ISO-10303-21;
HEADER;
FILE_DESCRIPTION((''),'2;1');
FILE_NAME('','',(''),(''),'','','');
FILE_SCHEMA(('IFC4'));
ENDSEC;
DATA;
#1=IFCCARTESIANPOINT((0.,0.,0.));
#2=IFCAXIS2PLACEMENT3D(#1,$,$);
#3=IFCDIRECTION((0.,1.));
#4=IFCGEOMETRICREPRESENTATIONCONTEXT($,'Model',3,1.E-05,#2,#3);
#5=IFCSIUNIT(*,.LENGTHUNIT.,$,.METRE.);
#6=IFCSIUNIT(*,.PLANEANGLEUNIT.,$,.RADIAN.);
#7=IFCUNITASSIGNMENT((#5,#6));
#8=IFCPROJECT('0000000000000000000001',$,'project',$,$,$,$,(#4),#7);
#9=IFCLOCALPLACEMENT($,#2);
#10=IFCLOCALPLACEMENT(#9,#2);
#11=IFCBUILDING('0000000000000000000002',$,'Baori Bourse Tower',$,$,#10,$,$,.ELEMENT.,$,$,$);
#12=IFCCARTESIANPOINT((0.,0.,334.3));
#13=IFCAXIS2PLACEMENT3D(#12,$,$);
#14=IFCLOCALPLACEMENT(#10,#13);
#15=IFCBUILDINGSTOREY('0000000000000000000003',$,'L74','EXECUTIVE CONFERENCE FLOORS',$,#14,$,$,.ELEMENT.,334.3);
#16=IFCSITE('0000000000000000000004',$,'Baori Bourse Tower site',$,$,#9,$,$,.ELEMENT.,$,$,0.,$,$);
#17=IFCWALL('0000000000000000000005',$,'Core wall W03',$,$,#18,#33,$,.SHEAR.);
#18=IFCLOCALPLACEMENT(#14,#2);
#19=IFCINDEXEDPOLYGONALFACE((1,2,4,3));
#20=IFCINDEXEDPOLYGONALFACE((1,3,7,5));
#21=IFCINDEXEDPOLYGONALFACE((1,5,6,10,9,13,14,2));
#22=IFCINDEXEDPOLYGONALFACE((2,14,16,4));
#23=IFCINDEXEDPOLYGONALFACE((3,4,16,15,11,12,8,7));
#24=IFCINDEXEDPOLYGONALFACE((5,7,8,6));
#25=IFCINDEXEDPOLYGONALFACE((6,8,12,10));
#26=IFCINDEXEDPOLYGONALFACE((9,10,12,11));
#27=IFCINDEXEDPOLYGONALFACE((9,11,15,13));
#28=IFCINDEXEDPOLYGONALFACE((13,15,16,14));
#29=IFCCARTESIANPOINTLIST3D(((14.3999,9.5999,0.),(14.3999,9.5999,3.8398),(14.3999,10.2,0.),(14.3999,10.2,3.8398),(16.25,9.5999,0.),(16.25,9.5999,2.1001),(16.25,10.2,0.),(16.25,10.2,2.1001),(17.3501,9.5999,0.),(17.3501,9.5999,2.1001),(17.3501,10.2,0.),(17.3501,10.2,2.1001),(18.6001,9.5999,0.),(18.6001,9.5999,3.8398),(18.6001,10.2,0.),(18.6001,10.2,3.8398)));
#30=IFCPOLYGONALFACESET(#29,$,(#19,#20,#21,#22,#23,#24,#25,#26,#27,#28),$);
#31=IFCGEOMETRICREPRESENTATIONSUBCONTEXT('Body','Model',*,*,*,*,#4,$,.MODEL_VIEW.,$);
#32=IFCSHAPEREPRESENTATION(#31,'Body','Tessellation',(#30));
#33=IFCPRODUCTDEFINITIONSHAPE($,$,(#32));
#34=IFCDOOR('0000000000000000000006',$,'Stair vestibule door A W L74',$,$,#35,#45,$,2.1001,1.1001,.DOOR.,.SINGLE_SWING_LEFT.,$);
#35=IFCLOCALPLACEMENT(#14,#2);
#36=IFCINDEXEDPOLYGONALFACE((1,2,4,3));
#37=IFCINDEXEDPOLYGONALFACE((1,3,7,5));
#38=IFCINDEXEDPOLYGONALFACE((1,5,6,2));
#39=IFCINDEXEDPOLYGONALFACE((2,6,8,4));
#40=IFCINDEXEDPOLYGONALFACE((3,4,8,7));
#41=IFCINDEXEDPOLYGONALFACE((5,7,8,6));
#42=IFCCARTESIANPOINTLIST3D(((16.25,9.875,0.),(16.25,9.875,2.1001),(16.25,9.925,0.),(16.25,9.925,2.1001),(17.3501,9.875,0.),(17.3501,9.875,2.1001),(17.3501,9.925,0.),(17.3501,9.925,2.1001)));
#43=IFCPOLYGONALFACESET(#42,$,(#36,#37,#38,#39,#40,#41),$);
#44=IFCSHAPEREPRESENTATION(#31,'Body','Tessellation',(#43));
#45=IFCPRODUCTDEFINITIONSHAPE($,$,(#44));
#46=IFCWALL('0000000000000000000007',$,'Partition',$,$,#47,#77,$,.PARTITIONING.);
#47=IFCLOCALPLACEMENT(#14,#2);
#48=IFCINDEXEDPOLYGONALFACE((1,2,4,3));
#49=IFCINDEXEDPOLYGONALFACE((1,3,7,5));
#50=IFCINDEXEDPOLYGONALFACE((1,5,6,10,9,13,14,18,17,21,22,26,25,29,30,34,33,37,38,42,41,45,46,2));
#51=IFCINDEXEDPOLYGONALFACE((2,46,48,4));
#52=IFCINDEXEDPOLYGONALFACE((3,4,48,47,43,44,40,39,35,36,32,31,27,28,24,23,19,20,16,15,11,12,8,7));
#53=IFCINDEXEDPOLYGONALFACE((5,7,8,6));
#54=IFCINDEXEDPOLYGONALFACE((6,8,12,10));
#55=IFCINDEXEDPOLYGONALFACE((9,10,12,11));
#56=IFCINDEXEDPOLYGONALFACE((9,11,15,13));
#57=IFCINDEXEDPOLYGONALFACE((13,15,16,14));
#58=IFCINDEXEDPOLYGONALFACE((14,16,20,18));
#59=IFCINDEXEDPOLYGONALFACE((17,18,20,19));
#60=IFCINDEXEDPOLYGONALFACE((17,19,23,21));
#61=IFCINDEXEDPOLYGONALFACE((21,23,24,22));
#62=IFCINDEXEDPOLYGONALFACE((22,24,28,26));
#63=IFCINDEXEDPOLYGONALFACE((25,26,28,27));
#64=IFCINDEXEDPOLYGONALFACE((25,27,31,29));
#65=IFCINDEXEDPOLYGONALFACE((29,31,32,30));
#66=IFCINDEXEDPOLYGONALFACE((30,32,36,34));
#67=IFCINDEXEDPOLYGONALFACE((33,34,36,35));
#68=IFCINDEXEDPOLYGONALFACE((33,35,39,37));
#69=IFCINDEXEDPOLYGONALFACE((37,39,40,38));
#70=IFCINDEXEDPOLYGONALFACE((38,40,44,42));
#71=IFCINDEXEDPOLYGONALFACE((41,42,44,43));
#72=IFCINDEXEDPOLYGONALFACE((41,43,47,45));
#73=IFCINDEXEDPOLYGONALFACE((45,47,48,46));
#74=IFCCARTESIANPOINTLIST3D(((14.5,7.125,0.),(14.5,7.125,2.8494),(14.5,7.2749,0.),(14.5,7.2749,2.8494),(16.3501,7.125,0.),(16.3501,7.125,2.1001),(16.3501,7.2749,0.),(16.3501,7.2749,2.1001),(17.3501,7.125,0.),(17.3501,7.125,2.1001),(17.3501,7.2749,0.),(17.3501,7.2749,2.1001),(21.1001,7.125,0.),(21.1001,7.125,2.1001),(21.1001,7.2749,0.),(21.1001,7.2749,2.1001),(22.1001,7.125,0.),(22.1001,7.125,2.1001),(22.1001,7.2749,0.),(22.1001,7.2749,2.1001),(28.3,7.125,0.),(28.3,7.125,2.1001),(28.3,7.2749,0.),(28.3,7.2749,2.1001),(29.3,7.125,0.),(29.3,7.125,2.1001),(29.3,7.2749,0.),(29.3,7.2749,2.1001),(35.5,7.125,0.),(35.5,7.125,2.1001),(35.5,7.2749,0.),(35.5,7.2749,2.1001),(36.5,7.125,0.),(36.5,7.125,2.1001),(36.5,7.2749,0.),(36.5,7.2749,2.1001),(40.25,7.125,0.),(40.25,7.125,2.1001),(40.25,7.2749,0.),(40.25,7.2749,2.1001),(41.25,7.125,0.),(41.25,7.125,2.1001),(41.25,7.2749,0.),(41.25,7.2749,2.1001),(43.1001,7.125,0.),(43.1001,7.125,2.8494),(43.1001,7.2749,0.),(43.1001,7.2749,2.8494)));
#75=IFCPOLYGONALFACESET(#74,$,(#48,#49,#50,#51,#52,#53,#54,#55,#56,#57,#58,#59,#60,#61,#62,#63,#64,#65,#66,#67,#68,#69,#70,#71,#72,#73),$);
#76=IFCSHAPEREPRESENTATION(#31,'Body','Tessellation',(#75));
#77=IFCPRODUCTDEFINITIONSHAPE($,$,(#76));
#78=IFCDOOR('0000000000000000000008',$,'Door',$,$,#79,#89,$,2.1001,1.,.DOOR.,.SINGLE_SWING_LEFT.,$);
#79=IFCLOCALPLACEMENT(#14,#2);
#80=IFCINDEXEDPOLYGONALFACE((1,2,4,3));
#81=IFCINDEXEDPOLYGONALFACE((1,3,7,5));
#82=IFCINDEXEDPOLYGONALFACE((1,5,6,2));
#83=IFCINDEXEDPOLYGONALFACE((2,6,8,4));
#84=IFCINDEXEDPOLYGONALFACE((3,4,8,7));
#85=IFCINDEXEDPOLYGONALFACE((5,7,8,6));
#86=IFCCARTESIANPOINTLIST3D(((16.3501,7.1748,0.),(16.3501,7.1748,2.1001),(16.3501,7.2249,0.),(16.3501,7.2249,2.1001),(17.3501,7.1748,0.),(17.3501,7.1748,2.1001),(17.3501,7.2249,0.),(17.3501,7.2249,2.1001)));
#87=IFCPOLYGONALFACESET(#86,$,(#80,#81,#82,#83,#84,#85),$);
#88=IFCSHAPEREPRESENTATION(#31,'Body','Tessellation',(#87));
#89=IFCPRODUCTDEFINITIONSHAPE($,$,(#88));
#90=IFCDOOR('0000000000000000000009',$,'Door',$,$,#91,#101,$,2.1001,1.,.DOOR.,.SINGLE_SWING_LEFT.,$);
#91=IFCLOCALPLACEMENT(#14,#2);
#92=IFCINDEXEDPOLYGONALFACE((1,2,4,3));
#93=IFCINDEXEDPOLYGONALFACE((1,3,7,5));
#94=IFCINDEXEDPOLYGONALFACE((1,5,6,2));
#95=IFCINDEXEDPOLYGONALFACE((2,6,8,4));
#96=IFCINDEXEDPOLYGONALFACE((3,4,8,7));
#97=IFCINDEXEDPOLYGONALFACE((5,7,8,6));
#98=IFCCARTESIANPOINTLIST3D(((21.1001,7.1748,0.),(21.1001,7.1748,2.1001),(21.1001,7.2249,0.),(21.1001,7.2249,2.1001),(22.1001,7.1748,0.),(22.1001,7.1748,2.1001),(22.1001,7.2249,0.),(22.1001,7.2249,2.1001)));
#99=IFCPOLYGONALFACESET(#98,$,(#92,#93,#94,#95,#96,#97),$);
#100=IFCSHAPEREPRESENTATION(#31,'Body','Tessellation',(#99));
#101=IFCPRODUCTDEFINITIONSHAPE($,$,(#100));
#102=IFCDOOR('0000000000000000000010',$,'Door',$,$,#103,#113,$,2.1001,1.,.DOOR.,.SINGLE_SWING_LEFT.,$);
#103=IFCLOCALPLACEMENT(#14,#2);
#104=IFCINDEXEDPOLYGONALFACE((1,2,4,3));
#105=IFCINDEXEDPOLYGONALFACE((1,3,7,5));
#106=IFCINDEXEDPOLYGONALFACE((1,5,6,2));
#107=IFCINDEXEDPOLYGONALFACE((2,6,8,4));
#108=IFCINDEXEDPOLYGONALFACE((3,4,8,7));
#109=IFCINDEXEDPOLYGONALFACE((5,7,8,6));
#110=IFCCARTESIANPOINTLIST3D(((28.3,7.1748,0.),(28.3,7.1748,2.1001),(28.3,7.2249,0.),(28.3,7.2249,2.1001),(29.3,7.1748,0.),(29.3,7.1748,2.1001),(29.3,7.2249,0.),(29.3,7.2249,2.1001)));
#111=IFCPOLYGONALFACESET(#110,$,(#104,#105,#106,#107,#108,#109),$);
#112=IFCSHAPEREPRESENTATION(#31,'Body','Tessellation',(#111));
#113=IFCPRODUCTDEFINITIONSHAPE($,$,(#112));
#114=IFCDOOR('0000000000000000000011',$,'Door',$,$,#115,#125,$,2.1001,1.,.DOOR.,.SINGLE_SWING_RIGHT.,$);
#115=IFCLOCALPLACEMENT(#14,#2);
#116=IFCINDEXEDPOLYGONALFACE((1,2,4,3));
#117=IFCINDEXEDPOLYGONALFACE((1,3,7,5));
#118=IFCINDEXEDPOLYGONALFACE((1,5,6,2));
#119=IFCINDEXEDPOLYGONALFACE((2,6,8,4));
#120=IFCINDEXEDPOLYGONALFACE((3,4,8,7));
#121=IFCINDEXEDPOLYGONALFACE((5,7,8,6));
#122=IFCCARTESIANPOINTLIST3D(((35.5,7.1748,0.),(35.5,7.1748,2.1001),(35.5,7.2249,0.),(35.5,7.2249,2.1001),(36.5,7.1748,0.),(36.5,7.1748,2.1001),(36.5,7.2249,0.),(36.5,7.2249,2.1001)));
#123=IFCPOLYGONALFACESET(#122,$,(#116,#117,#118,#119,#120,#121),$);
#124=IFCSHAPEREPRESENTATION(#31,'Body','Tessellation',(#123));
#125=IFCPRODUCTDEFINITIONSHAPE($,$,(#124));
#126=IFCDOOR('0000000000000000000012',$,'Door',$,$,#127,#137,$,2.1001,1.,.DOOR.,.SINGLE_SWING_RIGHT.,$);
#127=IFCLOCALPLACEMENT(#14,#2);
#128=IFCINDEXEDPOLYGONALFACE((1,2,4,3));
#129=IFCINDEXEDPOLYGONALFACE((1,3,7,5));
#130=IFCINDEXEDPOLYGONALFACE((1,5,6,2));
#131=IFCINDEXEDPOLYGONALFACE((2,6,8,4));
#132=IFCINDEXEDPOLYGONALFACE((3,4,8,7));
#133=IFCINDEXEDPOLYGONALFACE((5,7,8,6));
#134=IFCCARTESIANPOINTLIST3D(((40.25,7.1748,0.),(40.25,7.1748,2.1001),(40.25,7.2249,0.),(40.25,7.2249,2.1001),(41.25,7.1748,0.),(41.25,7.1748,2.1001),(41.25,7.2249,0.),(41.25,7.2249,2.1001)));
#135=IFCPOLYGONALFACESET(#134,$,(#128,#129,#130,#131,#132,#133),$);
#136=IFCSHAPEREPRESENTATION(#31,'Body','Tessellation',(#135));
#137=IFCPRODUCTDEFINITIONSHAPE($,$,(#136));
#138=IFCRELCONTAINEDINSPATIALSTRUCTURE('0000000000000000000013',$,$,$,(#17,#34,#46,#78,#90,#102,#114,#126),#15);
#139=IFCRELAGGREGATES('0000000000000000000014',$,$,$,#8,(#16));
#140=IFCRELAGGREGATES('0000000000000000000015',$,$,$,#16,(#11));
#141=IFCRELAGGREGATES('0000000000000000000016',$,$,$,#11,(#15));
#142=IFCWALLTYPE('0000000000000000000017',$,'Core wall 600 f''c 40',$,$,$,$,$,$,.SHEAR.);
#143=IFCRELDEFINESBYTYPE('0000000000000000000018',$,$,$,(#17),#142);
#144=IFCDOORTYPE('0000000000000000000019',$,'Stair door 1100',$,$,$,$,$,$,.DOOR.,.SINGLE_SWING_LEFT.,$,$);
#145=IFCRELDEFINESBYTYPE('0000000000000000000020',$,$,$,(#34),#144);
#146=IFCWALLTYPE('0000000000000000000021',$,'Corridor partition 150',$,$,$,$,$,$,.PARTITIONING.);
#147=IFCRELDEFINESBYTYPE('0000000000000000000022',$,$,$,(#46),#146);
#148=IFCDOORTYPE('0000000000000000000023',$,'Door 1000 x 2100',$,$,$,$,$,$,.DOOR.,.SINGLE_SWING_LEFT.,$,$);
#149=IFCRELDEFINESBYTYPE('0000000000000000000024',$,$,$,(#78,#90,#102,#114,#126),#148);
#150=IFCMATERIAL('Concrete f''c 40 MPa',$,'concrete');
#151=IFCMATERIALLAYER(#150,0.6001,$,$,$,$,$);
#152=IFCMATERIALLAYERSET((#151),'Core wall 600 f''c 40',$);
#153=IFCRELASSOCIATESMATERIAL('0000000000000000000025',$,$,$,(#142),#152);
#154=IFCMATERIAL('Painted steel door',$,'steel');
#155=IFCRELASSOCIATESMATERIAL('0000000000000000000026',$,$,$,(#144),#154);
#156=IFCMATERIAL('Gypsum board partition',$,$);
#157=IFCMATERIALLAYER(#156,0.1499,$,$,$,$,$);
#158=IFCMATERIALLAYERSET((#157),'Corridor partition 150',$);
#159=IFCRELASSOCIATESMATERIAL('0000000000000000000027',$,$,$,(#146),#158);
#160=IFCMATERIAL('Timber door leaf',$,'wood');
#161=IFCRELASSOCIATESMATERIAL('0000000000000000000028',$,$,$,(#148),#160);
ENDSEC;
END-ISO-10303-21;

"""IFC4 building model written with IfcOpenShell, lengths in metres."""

from ifc_helpers import new_model, si_unit, direction, frame, frame_2d, origin, place, context, subcontext, project, spatial, rectangle, extrude, material, layer, layer_set, type_object, element, fill, save


model = new_model("IFC4")

# Units and contexts
model_context = context("Model", 3, precision=1e-05, world=origin(), true_north=direction((0.0, 1.0)))
body_context = subcontext(model_context, "Body", "Model", "MODEL_VIEW")
ifc_project = project(units=[si_unit("LENGTHUNIT", "METRE"), si_unit("PLANEANGLEUNIT", "RADIAN")], contexts=[model_context])

# Site, building, storey
site_placement = place(None, origin())
site = spatial("IfcSite", under=ifc_project, at=site_placement, Name="Baori Bourse Tower site", CompositionType="ELEMENT", RefElevation=0.0)
building_placement = place(site_placement, origin())
building = spatial("IfcBuilding", under=site, at=building_placement, Name="Baori Bourse Tower", CompositionType="ELEMENT")
storey_placement = place(building_placement, frame((0.0, 0.0, 334.3)))
storey = spatial("IfcBuildingStorey", under=building, at=storey_placement, Name="L74", Description="EXECUTIVE CONFERENCE FLOORS", CompositionType="ELEMENT", Elevation=334.3)

# Shared definitions
ifc_material_1 = material(Name="Concrete f'c 40 MPa", Category="concrete")
ifc_layer_1 = layer(ifc_material_1, 0.6001)
ifc_layer_set_1 = layer_set([ifc_layer_1], Name="Core wall 600 f'c 40")
wall_type_1 = type_object("IfcWallType", Name="Core wall 600 f'c 40", PredefinedType="SHEAR", material=ifc_layer_set_1)

# Wall, opening, door
wall_1_placement = place(storey_placement, frame((18.6001, 9.8999, 0.0), z_axis=(0.0, 0.0, 1.0), x_axis=(-1.0, 0.0, 0.0)))
wall_1 = element("IfcWall", 1, at=wall_1_placement, inside=storey, type_object=wall_type_1, Name="Core wall W03", PredefinedType="SHEAR", context=body_context, shape_type="SweptSolid", body=[
    extrude(rectangle(XDim=4.2002, YDim=0.6001, at=frame_2d((2.1001, 0.0))), origin(), (0.0, 0.0, 1.0), 3.8398),
])
opening_1_placement = place(wall_1_placement, frame((1.25, 0.0, 0.0)))
opening_1 = element("IfcOpeningElement", 2, at=opening_1_placement, cuts=wall_1, PredefinedType="OPENING", context=body_context, shape_type="SweptSolid", body=[
    extrude(rectangle(XDim=1.1001, YDim=2.1001, at=frame_2d((0.55, 1.05))), frame((0.0, 0.3101, 0.0), z_axis=(0.0, -1.0, 0.0), x_axis=(1.0, 0.0, 0.0)), (0.0, 0.0, 1.0), 0.6201),
])
ifc_material_2 = material(Name="Painted steel door", Category="steel")
door_type_1 = type_object("IfcDoorType", Name="Stair door 1100", OperationType="SINGLE_SWING_LEFT", PredefinedType="DOOR", material=ifc_material_2)
door_1_placement = place(opening_1_placement, origin())
door_1 = element("IfcDoor", 3, at=door_1_placement, inside=storey, type_object=door_type_1, Name="Stair vestibule door A W L74", OperationType="SINGLE_SWING_LEFT", OverallHeight=2.1001, OverallWidth=1.1001, PredefinedType="DOOR", context=body_context, shape_type="SweptSolid", body=[
    extrude(rectangle(XDim=1.1001, YDim=2.1001, at=frame_2d((0.55, 1.05))), frame((0.0, 0.0249, 0.0), z_axis=(0.0, -1.0, 0.0), x_axis=(1.0, 0.0, 0.0)), (0.0, 0.0, 1.0), 0.05),
])
fill(opening_1, door_1)

# Wall, openings, doors
ifc_material_3 = material(Name="Gypsum board partition")
ifc_layer_2 = layer(ifc_material_3, 0.1499)
ifc_layer_set_2 = layer_set([ifc_layer_2], Name="Corridor partition 150")
wall_type_2 = type_object("IfcWallType", Name="Corridor partition 150", PredefinedType="PARTITIONING", material=ifc_layer_set_2)
wall_2_placement = place(storey_placement, frame((14.5, 7.2, 0.0), z_axis=(0.0, 0.0, 1.0), x_axis=(1.0, 0.0, 0.0)))
wall_2 = element("IfcWall", 4, at=wall_2_placement, inside=storey, type_object=wall_type_2, Name="Partition", PredefinedType="PARTITIONING", context=body_context, shape_type="SweptSolid", body=[
    extrude(rectangle(XDim=28.6001, YDim=0.1499, at=frame_2d((14.3, 0.0))), origin(), (0.0, 0.0, 1.0), 2.8494),
])
opening_2_placement = place(wall_2_placement, frame((1.8501, 0.0, 0.0)))
opening_2 = element("IfcOpeningElement", 5, at=opening_2_placement, cuts=wall_2, PredefinedType="OPENING", context=body_context, shape_type="SweptSolid", body=[
    extrude(rectangle(XDim=1.0, YDim=2.1001, at=frame_2d((0.5, 1.05))), frame((0.0, 0.085, 0.0), z_axis=(0.0, -1.0, 0.0), x_axis=(1.0, 0.0, 0.0)), (0.0, 0.0, 1.0), 0.1699),
])
opening_3_placement = place(wall_2_placement, frame((6.6001, 0.0, 0.0)))
opening_3 = element("IfcOpeningElement", 6, at=opening_3_placement, cuts=wall_2, PredefinedType="OPENING", context=body_context, shape_type="SweptSolid", body=[
    extrude(rectangle(XDim=1.0, YDim=2.1001, at=frame_2d((0.5, 1.05))), frame((0.0, 0.085, 0.0), z_axis=(0.0, -1.0, 0.0), x_axis=(1.0, 0.0, 0.0)), (0.0, 0.0, 1.0), 0.1699),
])
opening_4_placement = place(wall_2_placement, frame((13.8, 0.0, 0.0)))
opening_4 = element("IfcOpeningElement", 7, at=opening_4_placement, cuts=wall_2, PredefinedType="OPENING", context=body_context, shape_type="SweptSolid", body=[
    extrude(rectangle(XDim=1.0, YDim=2.1001, at=frame_2d((0.5, 1.05))), frame((0.0, 0.085, 0.0), z_axis=(0.0, -1.0, 0.0), x_axis=(1.0, 0.0, 0.0)), (0.0, 0.0, 1.0), 0.1699),
])
opening_5_placement = place(wall_2_placement, frame((21.0, 0.0, 0.0)))
opening_5 = element("IfcOpeningElement", 8, at=opening_5_placement, cuts=wall_2, PredefinedType="OPENING", context=body_context, shape_type="SweptSolid", body=[
    extrude(rectangle(XDim=1.0, YDim=2.1001, at=frame_2d((0.5, 1.05))), frame((0.0, 0.085, 0.0), z_axis=(0.0, -1.0, 0.0), x_axis=(1.0, 0.0, 0.0)), (0.0, 0.0, 1.0), 0.1699),
])
opening_6_placement = place(wall_2_placement, frame((25.75, 0.0, 0.0)))
opening_6 = element("IfcOpeningElement", 9, at=opening_6_placement, cuts=wall_2, PredefinedType="OPENING", context=body_context, shape_type="SweptSolid", body=[
    extrude(rectangle(XDim=1.0, YDim=2.1001, at=frame_2d((0.5, 1.05))), frame((0.0, 0.085, 0.0), z_axis=(0.0, -1.0, 0.0), x_axis=(1.0, 0.0, 0.0)), (0.0, 0.0, 1.0), 0.1699),
])
ifc_material_4 = material(Name="Timber door leaf", Category="wood")
door_type_2 = type_object("IfcDoorType", Name="Door 1000 x 2100", OperationType="SINGLE_SWING_LEFT", PredefinedType="DOOR", material=ifc_material_4)
door_2_placement = place(opening_2_placement, origin())
door_2 = element("IfcDoor", 10, at=door_2_placement, inside=storey, type_object=door_type_2, Name="Door", OperationType="SINGLE_SWING_LEFT", OverallHeight=2.1001, OverallWidth=1.0, PredefinedType="DOOR", context=body_context, shape_type="SweptSolid", body=[
    extrude(rectangle(XDim=1.0, YDim=2.1001, at=frame_2d((0.5, 1.05))), frame((0.0, 0.0249, 0.0), z_axis=(0.0, -1.0, 0.0), x_axis=(1.0, 0.0, 0.0)), (0.0, 0.0, 1.0), 0.05),
])
fill(opening_2, door_2)
door_3_placement = place(opening_3_placement, origin())
door_3 = element("IfcDoor", 11, at=door_3_placement, inside=storey, type_object=door_type_2, Name="Door", OperationType="SINGLE_SWING_LEFT", OverallHeight=2.1001, OverallWidth=1.0, PredefinedType="DOOR", context=body_context, shape_type="SweptSolid", body=[
    extrude(rectangle(XDim=1.0, YDim=2.1001, at=frame_2d((0.5, 1.05))), frame((0.0, 0.0249, 0.0), z_axis=(0.0, -1.0, 0.0), x_axis=(1.0, 0.0, 0.0)), (0.0, 0.0, 1.0), 0.05),
])
fill(opening_3, door_3)
door_4_placement = place(opening_4_placement, origin())
door_4 = element("IfcDoor", 12, at=door_4_placement, inside=storey, type_object=door_type_2, Name="Door", OperationType="SINGLE_SWING_LEFT", OverallHeight=2.1001, OverallWidth=1.0, PredefinedType="DOOR", context=body_context, shape_type="SweptSolid", body=[
    extrude(rectangle(XDim=1.0, YDim=2.1001, at=frame_2d((0.5, 1.05))), frame((0.0, 0.0249, 0.0), z_axis=(0.0, -1.0, 0.0), x_axis=(1.0, 0.0, 0.0)), (0.0, 0.0, 1.0), 0.05),
])
fill(opening_4, door_4)
door_5_placement = place(opening_5_placement, origin())
door_5 = element("IfcDoor", 13, at=door_5_placement, inside=storey, type_object=door_type_2, Name="Door", OperationType="SINGLE_SWING_RIGHT", OverallHeight=2.1001, OverallWidth=1.0, PredefinedType="DOOR", context=body_context, shape_type="SweptSolid", body=[
    extrude(rectangle(XDim=1.0, YDim=2.1001, at=frame_2d((0.5, 1.05))), frame((0.0, 0.0249, 0.0), z_axis=(0.0, -1.0, 0.0), x_axis=(1.0, 0.0, 0.0)), (0.0, 0.0, 1.0), 0.05),
])
fill(opening_5, door_5)
door_6_placement = place(opening_6_placement, origin())
door_6 = element("IfcDoor", 14, at=door_6_placement, inside=storey, type_object=door_type_2, Name="Door", OperationType="SINGLE_SWING_RIGHT", OverallHeight=2.1001, OverallWidth=1.0, PredefinedType="DOOR", context=body_context, shape_type="SweptSolid", body=[
    extrude(rectangle(XDim=1.0, YDim=2.1001, at=frame_2d((0.5, 1.05))), frame((0.0, 0.0249, 0.0), z_axis=(0.0, -1.0, 0.0), x_axis=(1.0, 0.0, 0.0)), (0.0, 0.0, 1.0), 0.05),
])
fill(opening_6, door_6)

save(model, "model.ifc")
